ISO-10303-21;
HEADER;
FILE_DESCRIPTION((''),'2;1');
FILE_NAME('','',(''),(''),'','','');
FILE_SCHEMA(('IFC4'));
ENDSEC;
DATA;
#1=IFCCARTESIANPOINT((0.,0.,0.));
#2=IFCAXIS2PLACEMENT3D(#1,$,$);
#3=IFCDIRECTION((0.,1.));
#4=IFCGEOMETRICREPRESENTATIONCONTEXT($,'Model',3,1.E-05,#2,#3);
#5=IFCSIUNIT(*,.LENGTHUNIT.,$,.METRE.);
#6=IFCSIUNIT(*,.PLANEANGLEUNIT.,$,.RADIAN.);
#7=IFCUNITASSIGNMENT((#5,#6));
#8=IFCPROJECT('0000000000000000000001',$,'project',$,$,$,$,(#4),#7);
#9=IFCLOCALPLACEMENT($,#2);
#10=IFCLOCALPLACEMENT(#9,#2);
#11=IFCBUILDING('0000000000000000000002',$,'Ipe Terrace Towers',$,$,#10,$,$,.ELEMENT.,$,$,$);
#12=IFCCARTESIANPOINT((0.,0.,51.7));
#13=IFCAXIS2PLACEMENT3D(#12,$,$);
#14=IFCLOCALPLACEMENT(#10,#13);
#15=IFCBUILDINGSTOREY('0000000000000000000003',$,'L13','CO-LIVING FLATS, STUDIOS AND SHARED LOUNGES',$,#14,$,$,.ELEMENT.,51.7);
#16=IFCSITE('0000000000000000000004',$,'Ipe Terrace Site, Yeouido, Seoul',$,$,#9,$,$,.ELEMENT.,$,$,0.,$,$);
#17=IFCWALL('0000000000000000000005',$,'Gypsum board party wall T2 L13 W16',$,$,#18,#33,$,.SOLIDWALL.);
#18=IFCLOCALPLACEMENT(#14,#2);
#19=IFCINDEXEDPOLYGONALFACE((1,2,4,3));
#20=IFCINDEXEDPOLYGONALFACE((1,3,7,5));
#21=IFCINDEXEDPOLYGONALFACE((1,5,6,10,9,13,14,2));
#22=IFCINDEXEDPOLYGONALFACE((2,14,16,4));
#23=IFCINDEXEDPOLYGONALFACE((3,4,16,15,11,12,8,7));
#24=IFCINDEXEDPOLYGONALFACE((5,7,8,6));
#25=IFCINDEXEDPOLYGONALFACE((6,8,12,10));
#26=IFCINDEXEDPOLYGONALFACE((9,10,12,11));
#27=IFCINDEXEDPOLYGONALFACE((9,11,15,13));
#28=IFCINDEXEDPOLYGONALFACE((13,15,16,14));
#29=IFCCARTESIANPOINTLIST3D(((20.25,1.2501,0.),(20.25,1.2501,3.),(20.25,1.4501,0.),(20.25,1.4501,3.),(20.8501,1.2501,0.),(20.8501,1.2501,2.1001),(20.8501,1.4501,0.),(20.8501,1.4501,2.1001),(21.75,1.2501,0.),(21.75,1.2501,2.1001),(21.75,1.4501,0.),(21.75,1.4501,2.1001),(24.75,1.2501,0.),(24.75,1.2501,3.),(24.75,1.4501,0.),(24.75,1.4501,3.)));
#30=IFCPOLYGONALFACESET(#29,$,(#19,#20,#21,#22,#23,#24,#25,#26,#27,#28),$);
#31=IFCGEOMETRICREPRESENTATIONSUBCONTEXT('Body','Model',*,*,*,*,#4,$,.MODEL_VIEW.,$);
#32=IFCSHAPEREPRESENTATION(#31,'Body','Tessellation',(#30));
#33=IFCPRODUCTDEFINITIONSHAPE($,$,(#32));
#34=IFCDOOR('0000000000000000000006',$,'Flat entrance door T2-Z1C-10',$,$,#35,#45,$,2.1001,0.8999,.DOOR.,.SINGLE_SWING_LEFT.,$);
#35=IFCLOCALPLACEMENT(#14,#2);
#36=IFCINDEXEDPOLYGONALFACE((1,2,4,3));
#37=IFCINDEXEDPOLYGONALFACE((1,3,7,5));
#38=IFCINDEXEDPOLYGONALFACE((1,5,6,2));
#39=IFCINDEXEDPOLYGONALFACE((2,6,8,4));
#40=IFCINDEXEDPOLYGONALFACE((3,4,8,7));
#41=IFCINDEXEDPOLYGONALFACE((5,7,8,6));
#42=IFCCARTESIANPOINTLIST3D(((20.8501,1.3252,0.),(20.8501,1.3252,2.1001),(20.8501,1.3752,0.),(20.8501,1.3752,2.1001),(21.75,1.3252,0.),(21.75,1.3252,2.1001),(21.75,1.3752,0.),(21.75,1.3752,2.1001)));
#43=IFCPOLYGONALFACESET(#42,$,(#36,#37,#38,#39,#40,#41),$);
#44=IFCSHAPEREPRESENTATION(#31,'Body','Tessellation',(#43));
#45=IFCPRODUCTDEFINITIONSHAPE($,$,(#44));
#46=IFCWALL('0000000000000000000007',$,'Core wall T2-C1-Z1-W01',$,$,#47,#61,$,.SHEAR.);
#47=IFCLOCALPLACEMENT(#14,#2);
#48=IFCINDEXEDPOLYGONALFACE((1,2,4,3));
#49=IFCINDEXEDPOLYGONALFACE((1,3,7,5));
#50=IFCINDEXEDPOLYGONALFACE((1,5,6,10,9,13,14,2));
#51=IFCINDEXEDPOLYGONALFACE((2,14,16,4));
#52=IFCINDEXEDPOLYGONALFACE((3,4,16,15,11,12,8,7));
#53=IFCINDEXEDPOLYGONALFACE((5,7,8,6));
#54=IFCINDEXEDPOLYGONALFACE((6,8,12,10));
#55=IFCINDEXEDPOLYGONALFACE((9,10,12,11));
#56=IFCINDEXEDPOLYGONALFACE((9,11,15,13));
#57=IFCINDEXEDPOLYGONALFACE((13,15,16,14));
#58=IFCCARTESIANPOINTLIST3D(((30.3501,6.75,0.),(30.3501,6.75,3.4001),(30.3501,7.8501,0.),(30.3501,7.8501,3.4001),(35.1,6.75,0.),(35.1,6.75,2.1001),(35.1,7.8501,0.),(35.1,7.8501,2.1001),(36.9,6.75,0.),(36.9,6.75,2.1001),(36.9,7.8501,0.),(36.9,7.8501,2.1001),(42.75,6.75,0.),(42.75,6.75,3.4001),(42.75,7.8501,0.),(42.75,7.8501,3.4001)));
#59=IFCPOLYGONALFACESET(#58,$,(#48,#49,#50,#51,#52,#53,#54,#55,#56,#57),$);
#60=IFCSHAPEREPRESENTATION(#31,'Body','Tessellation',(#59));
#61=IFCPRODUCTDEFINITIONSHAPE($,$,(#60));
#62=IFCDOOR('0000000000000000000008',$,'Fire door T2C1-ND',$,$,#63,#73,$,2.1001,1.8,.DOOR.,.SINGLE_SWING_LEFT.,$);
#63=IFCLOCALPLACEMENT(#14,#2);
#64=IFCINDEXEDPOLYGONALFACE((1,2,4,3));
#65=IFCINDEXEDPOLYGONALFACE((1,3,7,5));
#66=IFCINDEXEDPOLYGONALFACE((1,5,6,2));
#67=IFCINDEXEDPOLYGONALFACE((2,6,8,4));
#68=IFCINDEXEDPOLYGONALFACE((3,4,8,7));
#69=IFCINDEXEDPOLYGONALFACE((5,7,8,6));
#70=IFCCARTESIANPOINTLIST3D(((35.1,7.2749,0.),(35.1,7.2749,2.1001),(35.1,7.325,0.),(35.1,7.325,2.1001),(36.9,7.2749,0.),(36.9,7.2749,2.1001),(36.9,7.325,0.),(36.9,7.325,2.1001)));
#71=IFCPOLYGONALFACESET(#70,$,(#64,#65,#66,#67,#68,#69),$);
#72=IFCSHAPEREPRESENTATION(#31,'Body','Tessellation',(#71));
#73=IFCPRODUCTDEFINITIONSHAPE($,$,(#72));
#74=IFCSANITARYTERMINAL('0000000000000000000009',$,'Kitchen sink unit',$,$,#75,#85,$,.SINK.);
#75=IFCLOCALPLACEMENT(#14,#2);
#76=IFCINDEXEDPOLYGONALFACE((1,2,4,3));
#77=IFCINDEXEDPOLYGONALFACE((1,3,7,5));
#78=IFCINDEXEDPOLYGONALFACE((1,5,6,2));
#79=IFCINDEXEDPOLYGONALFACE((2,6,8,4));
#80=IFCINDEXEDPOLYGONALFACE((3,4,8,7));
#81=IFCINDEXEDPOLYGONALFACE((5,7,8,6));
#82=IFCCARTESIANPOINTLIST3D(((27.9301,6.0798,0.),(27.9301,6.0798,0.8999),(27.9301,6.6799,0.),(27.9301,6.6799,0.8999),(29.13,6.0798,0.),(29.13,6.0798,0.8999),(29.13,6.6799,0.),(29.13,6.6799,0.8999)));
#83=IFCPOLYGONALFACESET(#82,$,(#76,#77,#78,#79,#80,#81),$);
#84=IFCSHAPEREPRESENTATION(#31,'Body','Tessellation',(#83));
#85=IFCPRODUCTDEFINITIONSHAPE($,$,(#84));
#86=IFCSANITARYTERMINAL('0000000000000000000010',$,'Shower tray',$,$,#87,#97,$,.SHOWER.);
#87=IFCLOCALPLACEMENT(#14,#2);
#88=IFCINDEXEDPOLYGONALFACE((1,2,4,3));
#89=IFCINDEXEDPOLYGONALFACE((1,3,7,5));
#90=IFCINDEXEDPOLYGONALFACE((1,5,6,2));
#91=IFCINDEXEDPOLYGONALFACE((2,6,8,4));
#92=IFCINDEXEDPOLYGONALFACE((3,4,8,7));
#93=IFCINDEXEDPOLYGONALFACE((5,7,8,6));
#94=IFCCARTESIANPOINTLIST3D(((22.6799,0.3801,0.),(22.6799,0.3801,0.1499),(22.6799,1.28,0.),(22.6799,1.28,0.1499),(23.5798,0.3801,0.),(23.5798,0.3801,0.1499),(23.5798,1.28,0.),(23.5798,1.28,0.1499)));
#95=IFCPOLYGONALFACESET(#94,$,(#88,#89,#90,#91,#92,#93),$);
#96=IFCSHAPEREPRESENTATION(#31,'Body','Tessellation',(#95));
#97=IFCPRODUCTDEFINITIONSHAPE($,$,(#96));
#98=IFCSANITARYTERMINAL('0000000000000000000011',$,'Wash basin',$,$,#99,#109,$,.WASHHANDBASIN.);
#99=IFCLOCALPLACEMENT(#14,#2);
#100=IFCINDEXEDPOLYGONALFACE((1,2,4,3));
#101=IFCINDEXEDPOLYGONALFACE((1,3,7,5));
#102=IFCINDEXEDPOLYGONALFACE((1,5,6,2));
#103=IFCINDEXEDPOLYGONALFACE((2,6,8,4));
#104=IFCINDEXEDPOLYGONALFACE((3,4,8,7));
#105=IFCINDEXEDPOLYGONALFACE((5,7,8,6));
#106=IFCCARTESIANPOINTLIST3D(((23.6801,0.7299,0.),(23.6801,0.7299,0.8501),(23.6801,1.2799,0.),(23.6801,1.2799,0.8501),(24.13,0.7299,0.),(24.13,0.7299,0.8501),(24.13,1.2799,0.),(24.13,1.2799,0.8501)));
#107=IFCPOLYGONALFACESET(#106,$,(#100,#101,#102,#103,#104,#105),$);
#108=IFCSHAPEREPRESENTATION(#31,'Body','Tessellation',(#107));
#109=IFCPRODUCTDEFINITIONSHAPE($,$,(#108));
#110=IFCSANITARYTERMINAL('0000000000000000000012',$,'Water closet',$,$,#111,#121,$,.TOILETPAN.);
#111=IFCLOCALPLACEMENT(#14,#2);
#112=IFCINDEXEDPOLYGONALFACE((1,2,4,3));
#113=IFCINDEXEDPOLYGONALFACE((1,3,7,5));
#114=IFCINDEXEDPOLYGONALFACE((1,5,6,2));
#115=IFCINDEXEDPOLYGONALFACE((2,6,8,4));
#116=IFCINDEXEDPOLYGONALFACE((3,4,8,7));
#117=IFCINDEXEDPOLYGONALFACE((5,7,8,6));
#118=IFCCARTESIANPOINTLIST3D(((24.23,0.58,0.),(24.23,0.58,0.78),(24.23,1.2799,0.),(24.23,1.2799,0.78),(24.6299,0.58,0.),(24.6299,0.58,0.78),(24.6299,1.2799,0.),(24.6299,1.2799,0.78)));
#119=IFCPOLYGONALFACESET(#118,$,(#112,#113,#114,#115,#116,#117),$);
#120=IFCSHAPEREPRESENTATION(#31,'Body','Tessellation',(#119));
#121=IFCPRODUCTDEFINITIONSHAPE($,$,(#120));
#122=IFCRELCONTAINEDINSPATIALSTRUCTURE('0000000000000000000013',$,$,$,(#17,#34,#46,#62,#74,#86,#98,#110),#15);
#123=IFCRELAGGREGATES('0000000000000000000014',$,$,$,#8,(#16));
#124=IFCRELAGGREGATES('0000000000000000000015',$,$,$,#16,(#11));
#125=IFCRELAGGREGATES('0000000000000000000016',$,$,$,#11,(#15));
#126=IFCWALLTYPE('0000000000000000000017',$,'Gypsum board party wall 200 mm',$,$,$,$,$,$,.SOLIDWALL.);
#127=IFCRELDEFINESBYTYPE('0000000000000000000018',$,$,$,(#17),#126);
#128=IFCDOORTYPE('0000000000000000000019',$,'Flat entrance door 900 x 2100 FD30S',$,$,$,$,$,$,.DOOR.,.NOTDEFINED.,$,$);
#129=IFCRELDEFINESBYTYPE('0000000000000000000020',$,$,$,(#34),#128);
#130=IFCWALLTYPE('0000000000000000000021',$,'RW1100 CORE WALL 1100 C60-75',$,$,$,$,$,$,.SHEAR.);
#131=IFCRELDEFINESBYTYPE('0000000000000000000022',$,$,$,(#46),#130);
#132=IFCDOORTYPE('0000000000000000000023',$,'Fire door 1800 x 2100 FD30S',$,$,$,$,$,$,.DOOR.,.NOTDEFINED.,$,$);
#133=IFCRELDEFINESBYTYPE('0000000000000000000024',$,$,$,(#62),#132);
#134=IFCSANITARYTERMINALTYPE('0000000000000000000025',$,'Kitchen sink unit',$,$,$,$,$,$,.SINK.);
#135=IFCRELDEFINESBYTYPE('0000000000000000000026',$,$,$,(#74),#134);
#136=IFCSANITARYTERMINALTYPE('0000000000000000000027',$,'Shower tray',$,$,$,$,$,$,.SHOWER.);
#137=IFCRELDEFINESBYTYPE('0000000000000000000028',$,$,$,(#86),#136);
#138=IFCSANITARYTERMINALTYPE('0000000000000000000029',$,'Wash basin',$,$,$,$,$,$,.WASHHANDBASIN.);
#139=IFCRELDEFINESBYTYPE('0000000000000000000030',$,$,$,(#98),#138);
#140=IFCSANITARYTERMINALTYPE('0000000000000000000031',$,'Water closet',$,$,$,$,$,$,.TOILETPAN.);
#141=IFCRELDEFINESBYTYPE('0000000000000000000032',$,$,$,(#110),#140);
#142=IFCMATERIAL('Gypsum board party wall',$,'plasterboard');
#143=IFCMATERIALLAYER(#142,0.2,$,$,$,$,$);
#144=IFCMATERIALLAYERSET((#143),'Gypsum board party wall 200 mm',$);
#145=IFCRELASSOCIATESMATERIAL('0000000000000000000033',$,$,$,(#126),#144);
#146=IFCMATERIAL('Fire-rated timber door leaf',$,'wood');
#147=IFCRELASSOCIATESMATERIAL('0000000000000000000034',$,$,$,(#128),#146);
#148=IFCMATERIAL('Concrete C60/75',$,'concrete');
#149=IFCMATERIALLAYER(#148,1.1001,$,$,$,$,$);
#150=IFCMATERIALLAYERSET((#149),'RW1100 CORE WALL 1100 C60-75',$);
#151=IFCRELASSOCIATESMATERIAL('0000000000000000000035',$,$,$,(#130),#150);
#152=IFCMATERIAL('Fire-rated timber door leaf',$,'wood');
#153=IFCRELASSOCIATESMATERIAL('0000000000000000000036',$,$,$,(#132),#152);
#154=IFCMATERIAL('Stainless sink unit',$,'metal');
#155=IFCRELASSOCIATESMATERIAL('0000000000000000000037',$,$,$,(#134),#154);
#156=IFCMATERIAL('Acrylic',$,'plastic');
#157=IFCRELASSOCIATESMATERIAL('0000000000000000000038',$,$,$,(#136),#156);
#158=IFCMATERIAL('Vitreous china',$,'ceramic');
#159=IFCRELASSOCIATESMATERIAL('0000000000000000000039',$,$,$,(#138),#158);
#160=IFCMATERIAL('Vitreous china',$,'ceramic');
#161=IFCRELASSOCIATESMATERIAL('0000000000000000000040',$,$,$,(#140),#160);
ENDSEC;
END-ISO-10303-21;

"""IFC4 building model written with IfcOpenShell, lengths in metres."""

from ifc_helpers import new_model, si_unit, direction, frame, frame_2d, origin, origin_2d, place, context, subcontext, project, spatial, rectangle, extrude, material, layer, layer_set, type_object, element, fill, save


model = new_model("IFC4")

# Units and contexts
model_context = context("Model", 3, precision=1e-05, world=origin(), true_north=direction((0.0, 1.0)))
body_context = subcontext(model_context, "Body", "Model", "MODEL_VIEW")
ifc_project = project(units=[si_unit("LENGTHUNIT", "METRE"), si_unit("PLANEANGLEUNIT", "RADIAN")], contexts=[model_context])

# Site, building, storey
site_placement = place(None, origin())
site = spatial("IfcSite", under=ifc_project, at=site_placement, Name="Ipe Terrace Site, Yeouido, Seoul", CompositionType="ELEMENT", RefElevation=0.0)
building_placement = place(site_placement, origin())
building = spatial("IfcBuilding", under=site, at=building_placement, Name="Ipe Terrace Towers", CompositionType="ELEMENT")
storey_placement = place(building_placement, frame((0.0, 0.0, 51.7)))
storey = spatial("IfcBuildingStorey", under=building, at=storey_placement, Name="L13", Description="CO-LIVING FLATS, STUDIOS AND SHARED LOUNGES", CompositionType="ELEMENT", Elevation=51.7)

# Walls, openings, doors
ifc_material_1 = material(Name="Gypsum board party wall", Category="plasterboard")
ifc_layer_1 = layer(ifc_material_1, 0.2)
ifc_layer_set_1 = layer_set([ifc_layer_1], Name="Gypsum board party wall 200 mm")
wall_type_1 = type_object("IfcWallType", Name="Gypsum board party wall 200 mm", PredefinedType="SOLIDWALL", material=ifc_layer_set_1)
wall_1_placement = place(storey_placement, frame((24.75, 1.3501, 0.0), z_axis=(0.0, 0.0, 1.0), x_axis=(-1.0, 0.0, 0.0)))
wall_1 = element("IfcWall", 1, at=wall_1_placement, inside=storey, type_object=wall_type_1, Name="Gypsum board party wall T2 L13 W16", PredefinedType="SOLIDWALL", context=body_context, shape_type="SweptSolid", body=[
    extrude(rectangle(XDim=4.5, YDim=0.2, at=frame_2d((2.25, 0.0))), origin(), (0.0, 0.0, 1.0), 3.0),
])
opening_1_placement = place(wall_1_placement, frame((3.0, 0.0, 0.0)))
opening_1 = element("IfcOpeningElement", 2, at=opening_1_placement, cuts=wall_1, PredefinedType="OPENING", context=body_context, shape_type="SweptSolid", body=[
    extrude(rectangle(XDim=0.8999, YDim=2.1001, at=frame_2d((0.45, 1.05))), frame((0.0, 0.1099, 0.0), z_axis=(0.0, -1.0, 0.0), x_axis=(1.0, 0.0, 0.0)), (0.0, 0.0, 1.0), 0.22),
])
ifc_material_2 = material(Name="Fire-rated timber door leaf", Category="wood")
door_type_1 = type_object("IfcDoorType", Name="Flat entrance door 900 x 2100 FD30S", OperationType="NOTDEFINED", PredefinedType="DOOR", material=ifc_material_2)
door_1_placement = place(opening_1_placement, origin())
door_1 = element("IfcDoor", 3, at=door_1_placement, inside=storey, type_object=door_type_1, Name="Flat entrance door T2-Z1C-10", OperationType="SINGLE_SWING_LEFT", OverallHeight=2.1001, OverallWidth=0.8999, PredefinedType="DOOR", context=body_context, shape_type="SweptSolid", body=[
    extrude(rectangle(XDim=0.8999, YDim=2.1001, at=frame_2d((0.45, 1.05))), frame((0.0, 0.0249, 0.0), z_axis=(0.0, -1.0, 0.0), x_axis=(1.0, 0.0, 0.0)), (0.0, 0.0, 1.0), 0.05),
])
fill(opening_1, door_1)
ifc_material_3 = material(Name="Concrete C60/75", Category="concrete")
ifc_layer_2 = layer(ifc_material_3, 1.1001)
ifc_layer_set_2 = layer_set([ifc_layer_2], Name="RW1100 CORE WALL 1100 C60-75")
wall_type_2 = type_object("IfcWallType", Name="RW1100 CORE WALL 1100 C60-75", PredefinedType="SHEAR", material=ifc_layer_set_2)
wall_2_placement = place(storey_placement, frame((30.3501, 7.3, 0.0), z_axis=(0.0, 0.0, 1.0), x_axis=(1.0, 0.0, 0.0)))
wall_2 = element("IfcWall", 4, at=wall_2_placement, inside=storey, type_object=wall_type_2, Name="Core wall T2-C1-Z1-W01", PredefinedType="SHEAR", context=body_context, shape_type="SweptSolid", body=[
    extrude(rectangle(XDim=12.3999, YDim=1.1001, at=frame_2d((6.2, 0.0))), origin(), (0.0, 0.0, 1.0), 3.4001),
])
opening_2_placement = place(wall_2_placement, frame((4.75, 0.0, 0.0)))
opening_2 = element("IfcOpeningElement", 5, at=opening_2_placement, cuts=wall_2, PredefinedType="OPENING", context=body_context, shape_type="SweptSolid", body=[
    extrude(rectangle(XDim=1.8, YDim=2.1001, at=frame_2d((0.8999, 1.05))), frame((0.0, 0.5601, 0.0), z_axis=(0.0, -1.0, 0.0), x_axis=(1.0, 0.0, 0.0)), (0.0, 0.0, 1.0), 1.1201),
])
ifc_material_4 = material(Name="Fire-rated timber door leaf", Category="wood")
door_type_2 = type_object("IfcDoorType", Name="Fire door 1800 x 2100 FD30S", OperationType="NOTDEFINED", PredefinedType="DOOR", material=ifc_material_4)
door_2_placement = place(opening_2_placement, origin())
door_2 = element("IfcDoor", 6, at=door_2_placement, inside=storey, type_object=door_type_2, Name="Fire door T2C1-ND", OperationType="SINGLE_SWING_LEFT", OverallHeight=2.1001, OverallWidth=1.8, PredefinedType="DOOR", context=body_context, shape_type="SweptSolid", body=[
    extrude(rectangle(XDim=1.8, YDim=2.1001, at=frame_2d((0.8999, 1.05))), frame((0.0, 0.0249, 0.0), z_axis=(0.0, -1.0, 0.0), x_axis=(1.0, 0.0, 0.0)), (0.0, 0.0, 1.0), 0.05),
])
fill(opening_2, door_2)

# Sanitary terminals
ifc_material_5 = material(Name="Stainless sink unit", Category="metal")
sanitary_terminal_type_1 = type_object("IfcSanitaryTerminalType", Name="Kitchen sink unit", PredefinedType="SINK", material=ifc_material_5)
sanitary_terminal_1_placement = place(storey_placement, frame((28.53, 6.3799, 0.0), z_axis=(0.0, 0.0, 1.0), x_axis=(1.0, 0.0, 0.0)))
element("IfcSanitaryTerminal", 7, at=sanitary_terminal_1_placement, inside=storey, type_object=sanitary_terminal_type_1, Name="Kitchen sink unit", PredefinedType="SINK", context=body_context, shape_type="SweptSolid", body=[
    extrude(rectangle(XDim=1.2, YDim=0.6001, at=origin_2d()), origin(), (0.0, 0.0, 1.0), 0.8999),
])
ifc_material_6 = material(Name="Acrylic", Category="plastic")
sanitary_terminal_type_2 = type_object("IfcSanitaryTerminalType", Name="Shower tray", PredefinedType="SHOWER", material=ifc_material_6)
sanitary_terminal_2_placement = place(storey_placement, frame((23.1299, 0.8301, 0.0), z_axis=(0.0, 0.0, 1.0), x_axis=(0.0, -1.0, 0.0)))
element("IfcSanitaryTerminal", 8, at=sanitary_terminal_2_placement, inside=storey, type_object=sanitary_terminal_type_2, Name="Shower tray", PredefinedType="SHOWER", context=body_context, shape_type="SweptSolid", body=[
    extrude(rectangle(XDim=0.8999, YDim=0.8999, at=origin_2d()), origin(), (0.0, 0.0, 1.0), 0.1499),
])
ifc_material_7 = material(Name="Vitreous china", Category="ceramic")
sanitary_terminal_type_3 = type_object("IfcSanitaryTerminalType", Name="Wash basin", PredefinedType="WASHHANDBASIN", material=ifc_material_7)
sanitary_terminal_3_placement = place(storey_placement, frame((23.905, 1.0049, 0.0), z_axis=(0.0, 0.0, 1.0), x_axis=(0.0, -1.0, 0.0)))
element("IfcSanitaryTerminal", 9, at=sanitary_terminal_3_placement, inside=storey, type_object=sanitary_terminal_type_3, Name="Wash basin", PredefinedType="WASHHANDBASIN", context=body_context, shape_type="SweptSolid", body=[
    extrude(rectangle(XDim=0.55, YDim=0.45, at=origin_2d()), origin(), (0.0, 0.0, 1.0), 0.8501),
])
ifc_material_8 = material(Name="Vitreous china", Category="ceramic")
sanitary_terminal_type_4 = type_object("IfcSanitaryTerminalType", Name="Water closet", PredefinedType="TOILETPAN", material=ifc_material_8)
sanitary_terminal_4_placement = place(storey_placement, frame((24.4299, 0.9299, 0.0), z_axis=(0.0, 0.0, 1.0), x_axis=(0.0, -1.0, 0.0)))
element("IfcSanitaryTerminal", 10, at=sanitary_terminal_4_placement, inside=storey, type_object=sanitary_terminal_type_4, Name="Water closet", PredefinedType="TOILETPAN", context=body_context, shape_type="SweptSolid", body=[
    extrude(rectangle(XDim=0.7, YDim=0.3999, at=origin_2d()), origin(), (0.0, 0.0, 1.0), 0.78),
])

save(model, "model.ifc")
